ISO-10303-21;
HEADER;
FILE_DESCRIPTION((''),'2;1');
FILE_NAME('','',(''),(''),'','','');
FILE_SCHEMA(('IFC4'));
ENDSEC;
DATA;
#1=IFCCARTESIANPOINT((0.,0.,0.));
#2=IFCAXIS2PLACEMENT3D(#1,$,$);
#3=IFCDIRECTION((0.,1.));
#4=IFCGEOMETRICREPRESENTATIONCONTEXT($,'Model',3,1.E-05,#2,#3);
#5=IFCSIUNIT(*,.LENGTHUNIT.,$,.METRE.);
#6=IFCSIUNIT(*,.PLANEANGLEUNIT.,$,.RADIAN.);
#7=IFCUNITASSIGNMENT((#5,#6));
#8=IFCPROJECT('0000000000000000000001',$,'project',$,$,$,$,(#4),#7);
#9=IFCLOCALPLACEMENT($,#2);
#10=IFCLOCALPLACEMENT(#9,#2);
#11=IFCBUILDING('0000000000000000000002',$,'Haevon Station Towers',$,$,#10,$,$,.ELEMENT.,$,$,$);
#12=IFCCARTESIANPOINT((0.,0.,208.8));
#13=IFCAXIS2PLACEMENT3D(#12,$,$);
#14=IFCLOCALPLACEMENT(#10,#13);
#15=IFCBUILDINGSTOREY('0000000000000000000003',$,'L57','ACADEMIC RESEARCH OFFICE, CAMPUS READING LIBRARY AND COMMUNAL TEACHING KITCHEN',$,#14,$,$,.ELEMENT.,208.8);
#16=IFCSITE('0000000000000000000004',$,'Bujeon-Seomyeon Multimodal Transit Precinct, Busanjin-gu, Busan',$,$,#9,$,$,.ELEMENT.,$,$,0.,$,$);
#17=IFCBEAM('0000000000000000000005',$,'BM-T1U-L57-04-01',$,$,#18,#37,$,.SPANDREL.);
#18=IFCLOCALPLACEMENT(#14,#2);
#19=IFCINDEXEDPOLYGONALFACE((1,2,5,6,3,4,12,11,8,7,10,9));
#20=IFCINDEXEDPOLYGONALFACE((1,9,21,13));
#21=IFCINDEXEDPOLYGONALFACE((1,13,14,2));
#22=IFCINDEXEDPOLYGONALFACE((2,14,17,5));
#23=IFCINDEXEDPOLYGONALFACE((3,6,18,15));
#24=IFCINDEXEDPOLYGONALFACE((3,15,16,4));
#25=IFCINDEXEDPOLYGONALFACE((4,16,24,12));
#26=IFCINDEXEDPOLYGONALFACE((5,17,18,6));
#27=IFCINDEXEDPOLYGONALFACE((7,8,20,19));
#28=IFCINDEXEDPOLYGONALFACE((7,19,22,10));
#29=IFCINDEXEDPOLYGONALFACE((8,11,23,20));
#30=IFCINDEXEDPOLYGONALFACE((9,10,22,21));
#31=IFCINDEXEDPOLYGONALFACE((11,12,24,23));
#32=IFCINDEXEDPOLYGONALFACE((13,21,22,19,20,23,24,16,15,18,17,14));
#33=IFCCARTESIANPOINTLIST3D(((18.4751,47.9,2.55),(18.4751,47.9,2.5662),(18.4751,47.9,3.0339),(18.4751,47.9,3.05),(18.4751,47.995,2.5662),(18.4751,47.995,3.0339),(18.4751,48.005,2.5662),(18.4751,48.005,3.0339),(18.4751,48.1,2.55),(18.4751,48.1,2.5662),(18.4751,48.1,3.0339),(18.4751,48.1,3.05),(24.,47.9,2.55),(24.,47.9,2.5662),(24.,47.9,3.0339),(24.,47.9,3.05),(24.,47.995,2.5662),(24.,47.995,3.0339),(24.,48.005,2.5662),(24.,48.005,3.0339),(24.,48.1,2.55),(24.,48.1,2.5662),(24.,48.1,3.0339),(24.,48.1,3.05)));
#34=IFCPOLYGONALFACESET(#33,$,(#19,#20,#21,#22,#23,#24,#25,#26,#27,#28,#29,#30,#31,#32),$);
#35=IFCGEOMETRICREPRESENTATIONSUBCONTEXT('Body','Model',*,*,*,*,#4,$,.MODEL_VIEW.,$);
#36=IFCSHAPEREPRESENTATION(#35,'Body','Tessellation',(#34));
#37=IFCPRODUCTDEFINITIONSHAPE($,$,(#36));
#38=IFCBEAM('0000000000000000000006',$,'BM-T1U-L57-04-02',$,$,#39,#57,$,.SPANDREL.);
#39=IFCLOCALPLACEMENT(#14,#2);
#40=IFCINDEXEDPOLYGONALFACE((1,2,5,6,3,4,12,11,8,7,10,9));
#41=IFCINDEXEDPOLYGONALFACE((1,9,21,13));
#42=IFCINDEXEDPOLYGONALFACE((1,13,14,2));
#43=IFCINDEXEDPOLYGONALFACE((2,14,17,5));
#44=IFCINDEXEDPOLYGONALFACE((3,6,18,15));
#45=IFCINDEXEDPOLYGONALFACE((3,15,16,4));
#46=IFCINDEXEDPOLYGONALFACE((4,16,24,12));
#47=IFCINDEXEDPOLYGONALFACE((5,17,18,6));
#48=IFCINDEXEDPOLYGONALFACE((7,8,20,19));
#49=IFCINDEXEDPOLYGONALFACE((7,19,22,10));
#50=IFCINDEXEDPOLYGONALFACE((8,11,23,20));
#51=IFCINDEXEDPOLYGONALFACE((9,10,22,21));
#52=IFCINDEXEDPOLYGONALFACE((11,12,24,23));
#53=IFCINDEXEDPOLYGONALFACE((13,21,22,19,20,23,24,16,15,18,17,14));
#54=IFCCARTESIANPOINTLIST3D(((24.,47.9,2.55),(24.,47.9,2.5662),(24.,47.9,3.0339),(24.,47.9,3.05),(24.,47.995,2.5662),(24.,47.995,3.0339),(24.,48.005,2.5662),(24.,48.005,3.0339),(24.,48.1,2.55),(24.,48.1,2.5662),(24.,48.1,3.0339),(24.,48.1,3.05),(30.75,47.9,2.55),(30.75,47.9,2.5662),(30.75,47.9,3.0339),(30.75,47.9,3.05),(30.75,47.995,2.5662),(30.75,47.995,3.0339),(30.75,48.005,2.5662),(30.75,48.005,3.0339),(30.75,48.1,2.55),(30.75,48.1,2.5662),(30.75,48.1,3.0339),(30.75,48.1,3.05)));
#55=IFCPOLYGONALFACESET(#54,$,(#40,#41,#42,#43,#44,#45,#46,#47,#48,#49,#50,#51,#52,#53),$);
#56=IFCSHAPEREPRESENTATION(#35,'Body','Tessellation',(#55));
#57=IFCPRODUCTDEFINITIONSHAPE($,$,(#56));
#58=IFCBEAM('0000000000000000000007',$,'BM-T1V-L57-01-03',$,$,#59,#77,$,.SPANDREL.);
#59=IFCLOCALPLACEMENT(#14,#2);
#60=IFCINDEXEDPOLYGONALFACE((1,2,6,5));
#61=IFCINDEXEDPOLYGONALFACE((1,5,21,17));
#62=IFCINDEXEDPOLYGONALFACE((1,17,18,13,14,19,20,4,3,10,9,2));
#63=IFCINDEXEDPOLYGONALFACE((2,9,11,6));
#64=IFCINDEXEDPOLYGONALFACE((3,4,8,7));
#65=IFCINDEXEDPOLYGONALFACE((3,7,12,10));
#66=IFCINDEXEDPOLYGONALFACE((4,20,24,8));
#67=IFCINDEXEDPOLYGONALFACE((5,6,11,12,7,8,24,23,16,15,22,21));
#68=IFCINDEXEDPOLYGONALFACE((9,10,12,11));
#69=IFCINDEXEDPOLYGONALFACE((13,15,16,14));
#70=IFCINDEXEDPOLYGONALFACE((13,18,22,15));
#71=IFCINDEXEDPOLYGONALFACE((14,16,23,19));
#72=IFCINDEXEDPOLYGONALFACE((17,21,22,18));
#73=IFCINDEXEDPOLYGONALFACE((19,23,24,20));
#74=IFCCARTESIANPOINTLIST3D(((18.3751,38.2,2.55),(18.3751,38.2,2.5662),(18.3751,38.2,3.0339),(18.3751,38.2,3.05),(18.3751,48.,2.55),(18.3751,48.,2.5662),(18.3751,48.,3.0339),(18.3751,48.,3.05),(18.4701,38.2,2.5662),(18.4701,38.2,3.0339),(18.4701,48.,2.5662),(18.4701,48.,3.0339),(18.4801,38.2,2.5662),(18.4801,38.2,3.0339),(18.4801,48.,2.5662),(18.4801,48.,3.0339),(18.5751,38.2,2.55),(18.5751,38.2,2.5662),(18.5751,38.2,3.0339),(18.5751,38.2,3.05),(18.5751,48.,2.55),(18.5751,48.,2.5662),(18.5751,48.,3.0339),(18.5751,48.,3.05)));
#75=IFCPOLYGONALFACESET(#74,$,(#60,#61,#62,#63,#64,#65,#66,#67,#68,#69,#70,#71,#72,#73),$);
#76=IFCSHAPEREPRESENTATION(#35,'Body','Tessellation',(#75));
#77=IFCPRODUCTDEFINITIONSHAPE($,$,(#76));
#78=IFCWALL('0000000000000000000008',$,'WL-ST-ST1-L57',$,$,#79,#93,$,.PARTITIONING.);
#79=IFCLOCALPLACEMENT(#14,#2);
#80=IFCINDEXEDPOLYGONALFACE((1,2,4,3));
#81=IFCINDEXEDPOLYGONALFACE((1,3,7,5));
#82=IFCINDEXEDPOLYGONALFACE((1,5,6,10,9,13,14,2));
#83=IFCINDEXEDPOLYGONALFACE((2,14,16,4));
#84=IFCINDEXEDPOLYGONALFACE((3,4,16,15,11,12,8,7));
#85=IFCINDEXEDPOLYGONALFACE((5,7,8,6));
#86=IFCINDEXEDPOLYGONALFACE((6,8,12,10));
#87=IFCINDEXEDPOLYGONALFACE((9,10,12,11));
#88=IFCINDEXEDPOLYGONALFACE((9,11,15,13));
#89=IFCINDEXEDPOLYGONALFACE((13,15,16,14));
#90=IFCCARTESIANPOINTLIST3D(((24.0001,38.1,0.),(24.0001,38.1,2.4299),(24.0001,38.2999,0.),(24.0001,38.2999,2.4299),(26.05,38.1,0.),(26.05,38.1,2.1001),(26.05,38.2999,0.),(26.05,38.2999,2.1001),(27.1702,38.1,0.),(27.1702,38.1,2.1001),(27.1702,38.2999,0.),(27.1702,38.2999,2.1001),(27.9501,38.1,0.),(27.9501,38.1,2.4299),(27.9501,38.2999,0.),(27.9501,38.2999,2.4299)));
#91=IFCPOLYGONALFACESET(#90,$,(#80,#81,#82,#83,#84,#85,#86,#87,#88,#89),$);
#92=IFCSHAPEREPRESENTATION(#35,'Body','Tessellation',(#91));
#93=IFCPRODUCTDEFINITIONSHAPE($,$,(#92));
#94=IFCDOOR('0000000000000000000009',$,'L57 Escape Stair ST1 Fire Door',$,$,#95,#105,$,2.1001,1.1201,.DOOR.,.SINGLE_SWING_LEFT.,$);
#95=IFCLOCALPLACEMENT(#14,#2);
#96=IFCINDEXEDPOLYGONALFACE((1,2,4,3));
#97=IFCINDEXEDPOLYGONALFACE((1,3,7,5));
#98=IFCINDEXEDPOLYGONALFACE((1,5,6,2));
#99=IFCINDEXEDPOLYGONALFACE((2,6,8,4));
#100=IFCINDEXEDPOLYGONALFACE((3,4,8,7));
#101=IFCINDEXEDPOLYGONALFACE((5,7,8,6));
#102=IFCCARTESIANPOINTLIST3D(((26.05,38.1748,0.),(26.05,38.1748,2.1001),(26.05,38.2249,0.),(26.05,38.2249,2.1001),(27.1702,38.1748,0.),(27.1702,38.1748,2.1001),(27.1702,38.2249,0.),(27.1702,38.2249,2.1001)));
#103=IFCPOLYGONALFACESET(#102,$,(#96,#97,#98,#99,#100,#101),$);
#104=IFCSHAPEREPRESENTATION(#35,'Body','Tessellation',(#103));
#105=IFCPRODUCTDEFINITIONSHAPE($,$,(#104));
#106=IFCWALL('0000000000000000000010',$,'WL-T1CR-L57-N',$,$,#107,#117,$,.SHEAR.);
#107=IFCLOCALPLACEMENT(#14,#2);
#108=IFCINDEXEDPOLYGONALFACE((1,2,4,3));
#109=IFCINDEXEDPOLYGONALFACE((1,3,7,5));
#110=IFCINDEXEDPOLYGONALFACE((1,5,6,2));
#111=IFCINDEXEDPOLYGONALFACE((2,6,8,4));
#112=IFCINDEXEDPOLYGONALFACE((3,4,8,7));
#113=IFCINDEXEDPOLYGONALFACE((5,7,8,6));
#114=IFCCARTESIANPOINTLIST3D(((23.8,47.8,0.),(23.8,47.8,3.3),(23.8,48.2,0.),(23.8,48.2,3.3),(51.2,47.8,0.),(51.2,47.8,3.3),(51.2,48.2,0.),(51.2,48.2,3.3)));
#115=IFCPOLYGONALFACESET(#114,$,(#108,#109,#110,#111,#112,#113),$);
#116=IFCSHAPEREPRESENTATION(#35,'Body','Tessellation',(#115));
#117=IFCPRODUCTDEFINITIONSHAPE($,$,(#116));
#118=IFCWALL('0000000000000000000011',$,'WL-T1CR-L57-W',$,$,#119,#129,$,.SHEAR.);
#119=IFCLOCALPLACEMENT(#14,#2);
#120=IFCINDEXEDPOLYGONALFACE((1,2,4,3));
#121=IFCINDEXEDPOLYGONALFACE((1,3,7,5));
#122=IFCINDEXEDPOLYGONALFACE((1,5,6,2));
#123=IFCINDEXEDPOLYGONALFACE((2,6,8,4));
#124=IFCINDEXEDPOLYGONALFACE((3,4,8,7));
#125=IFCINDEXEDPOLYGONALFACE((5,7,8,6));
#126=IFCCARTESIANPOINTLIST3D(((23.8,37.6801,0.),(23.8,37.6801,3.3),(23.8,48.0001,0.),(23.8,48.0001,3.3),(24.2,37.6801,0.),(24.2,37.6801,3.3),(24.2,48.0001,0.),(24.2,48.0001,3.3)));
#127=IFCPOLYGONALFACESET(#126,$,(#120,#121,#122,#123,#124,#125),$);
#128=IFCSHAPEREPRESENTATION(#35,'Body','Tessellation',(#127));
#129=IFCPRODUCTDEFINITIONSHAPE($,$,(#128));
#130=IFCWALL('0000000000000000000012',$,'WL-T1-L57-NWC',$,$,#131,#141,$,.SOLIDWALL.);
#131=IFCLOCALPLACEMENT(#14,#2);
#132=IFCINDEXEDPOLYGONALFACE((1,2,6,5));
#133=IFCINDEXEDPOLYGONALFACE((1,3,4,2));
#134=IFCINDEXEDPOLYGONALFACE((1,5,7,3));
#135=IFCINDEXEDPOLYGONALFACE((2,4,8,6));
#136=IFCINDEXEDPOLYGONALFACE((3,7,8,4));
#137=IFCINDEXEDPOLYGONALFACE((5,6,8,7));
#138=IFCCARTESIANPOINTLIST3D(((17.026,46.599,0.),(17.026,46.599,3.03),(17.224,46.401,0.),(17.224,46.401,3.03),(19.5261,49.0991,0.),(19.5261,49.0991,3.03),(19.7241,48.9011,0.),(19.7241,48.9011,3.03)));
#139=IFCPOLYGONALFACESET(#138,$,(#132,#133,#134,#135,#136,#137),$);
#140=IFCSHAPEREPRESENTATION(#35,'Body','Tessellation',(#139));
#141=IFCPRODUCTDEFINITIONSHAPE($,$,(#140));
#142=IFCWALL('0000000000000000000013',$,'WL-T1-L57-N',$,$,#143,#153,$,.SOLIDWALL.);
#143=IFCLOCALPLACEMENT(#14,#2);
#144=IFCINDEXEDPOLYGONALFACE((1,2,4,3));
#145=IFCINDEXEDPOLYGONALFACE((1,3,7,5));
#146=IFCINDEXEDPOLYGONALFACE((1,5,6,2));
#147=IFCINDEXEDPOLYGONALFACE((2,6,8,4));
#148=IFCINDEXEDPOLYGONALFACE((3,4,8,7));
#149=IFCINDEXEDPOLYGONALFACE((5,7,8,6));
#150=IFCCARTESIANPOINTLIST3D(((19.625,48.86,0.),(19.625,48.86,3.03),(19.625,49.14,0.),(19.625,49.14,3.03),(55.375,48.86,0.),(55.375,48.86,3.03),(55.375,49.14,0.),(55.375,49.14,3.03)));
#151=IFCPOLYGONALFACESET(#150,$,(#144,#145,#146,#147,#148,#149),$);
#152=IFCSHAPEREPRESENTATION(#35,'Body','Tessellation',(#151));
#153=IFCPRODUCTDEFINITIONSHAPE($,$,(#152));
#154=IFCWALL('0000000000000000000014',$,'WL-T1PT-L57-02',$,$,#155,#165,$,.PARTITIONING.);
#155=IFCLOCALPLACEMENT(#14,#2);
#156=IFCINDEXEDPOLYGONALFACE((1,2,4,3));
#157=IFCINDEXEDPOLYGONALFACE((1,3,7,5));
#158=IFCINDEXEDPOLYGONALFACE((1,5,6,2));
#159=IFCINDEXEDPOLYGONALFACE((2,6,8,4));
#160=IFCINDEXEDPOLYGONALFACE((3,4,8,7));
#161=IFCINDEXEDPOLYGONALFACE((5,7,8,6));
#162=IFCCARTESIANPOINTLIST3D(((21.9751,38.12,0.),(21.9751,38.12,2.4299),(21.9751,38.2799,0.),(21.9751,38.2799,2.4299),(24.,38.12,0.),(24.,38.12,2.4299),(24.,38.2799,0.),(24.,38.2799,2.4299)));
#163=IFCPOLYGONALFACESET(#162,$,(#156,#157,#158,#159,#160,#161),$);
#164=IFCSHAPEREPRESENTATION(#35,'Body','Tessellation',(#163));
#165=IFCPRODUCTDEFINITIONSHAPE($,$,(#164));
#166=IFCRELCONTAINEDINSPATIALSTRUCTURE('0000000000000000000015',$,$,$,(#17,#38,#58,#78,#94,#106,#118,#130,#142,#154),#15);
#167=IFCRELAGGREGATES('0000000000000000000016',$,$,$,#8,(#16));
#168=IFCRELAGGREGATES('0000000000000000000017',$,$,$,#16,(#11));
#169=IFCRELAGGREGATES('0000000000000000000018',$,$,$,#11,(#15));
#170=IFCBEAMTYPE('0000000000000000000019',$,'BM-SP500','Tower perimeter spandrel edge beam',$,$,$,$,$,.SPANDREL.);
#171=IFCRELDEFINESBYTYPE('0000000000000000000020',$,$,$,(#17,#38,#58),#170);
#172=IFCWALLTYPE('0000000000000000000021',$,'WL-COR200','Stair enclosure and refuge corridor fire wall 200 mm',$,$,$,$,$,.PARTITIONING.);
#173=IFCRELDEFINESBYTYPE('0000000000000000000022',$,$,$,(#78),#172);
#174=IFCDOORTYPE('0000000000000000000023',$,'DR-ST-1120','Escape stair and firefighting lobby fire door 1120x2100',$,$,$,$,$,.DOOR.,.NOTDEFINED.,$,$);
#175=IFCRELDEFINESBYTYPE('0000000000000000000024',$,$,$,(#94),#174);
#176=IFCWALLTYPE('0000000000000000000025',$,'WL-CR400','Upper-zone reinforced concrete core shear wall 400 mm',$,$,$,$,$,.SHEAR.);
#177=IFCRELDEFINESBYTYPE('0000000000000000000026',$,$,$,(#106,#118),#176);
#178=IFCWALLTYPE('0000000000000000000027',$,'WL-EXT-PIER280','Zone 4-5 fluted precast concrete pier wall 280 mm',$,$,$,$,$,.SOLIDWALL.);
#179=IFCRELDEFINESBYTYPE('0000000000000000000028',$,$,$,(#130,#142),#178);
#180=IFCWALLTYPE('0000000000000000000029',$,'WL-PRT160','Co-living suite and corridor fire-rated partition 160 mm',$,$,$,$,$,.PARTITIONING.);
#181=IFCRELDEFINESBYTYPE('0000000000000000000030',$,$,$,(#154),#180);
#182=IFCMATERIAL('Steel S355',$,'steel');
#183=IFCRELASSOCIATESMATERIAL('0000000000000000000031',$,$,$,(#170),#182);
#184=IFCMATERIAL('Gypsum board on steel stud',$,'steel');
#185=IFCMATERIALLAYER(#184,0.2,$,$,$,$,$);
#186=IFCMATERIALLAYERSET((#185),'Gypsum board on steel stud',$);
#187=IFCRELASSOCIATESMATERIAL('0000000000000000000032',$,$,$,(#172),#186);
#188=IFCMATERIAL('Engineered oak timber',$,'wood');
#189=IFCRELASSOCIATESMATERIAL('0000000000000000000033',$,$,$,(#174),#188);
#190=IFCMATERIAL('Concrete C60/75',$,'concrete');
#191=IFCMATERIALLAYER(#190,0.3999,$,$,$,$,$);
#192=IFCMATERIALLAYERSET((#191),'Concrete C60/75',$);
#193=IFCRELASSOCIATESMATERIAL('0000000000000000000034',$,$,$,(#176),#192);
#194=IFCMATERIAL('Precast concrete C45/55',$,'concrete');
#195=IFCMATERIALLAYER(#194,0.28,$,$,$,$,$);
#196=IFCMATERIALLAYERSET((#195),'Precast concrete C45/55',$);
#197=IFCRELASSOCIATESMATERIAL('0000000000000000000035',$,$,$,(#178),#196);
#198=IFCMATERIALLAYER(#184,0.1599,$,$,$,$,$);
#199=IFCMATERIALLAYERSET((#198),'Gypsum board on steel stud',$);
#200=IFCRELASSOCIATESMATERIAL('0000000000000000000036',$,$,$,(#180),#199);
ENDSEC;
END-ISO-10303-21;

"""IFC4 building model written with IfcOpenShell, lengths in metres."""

from ifc_helpers import new_model, si_unit, direction, frame, frame_2d, origin, origin_2d, place, context, subcontext, project, spatial, rectangle, i_section, extrude, material, layer, layer_set, material_profile, profile_set, type_object, element, fill, save


model = new_model("IFC4")

# Units and contexts
model_context = context("Model", 3, precision=1e-05, world=origin(), true_north=direction((0.0, 1.0)))
body_context = subcontext(model_context, "Body", "Model", "MODEL_VIEW")
ifc_project = project(units=[si_unit("LENGTHUNIT", "METRE"), si_unit("PLANEANGLEUNIT", "RADIAN")], contexts=[model_context])

# Site, building, storey
site_placement = place(None, origin())
site = spatial("IfcSite", under=ifc_project, at=site_placement, Name="Bujeon-Seomyeon Multimodal Transit Precinct, Busanjin-gu, Busan", CompositionType="ELEMENT", RefElevation=0.0)
building_placement = place(site_placement, origin())
building = spatial("IfcBuilding", under=site, at=building_placement, Name="Haevon Station Towers", CompositionType="ELEMENT")
storey_placement = place(building_placement, frame((0.0, 0.0, 208.8)))
storey = spatial("IfcBuildingStorey", under=building, at=storey_placement, Name="L57", Description="ACADEMIC RESEARCH OFFICE, CAMPUS READING LIBRARY AND COMMUNAL TEACHING KITCHEN", CompositionType="ELEMENT", Elevation=208.8)

# Shared definitions
ifc_material_1 = material(Name="Steel S355", Category="steel")

# Beams
ifc_material_profile_1 = material_profile(ifc_material_1, i_section(OverallWidth=0.2, OverallDepth=0.5, WebThickness=0.01, FlangeThickness=0.0161, at=origin_2d()), Name="H-500x200x10x16")
ifc_profile_set_1 = profile_set([ifc_material_profile_1], Name="Steel S355")
beam_type_1 = type_object("IfcBeamType", Name="BM-SP500", Description="Tower perimeter spandrel edge beam", PredefinedType="SPANDREL", material=ifc_profile_set_1)
beam_1_placement = place(storey_placement, frame((18.4751, 48.0, 2.8), z_axis=(1.0, 0.0, 0.0), x_axis=(0.0, 1.0, 0.0)))
element("IfcBeam", 1, at=beam_1_placement, inside=storey, type_object=beam_type_1, Name="BM-T1U-L57-04-01", PredefinedType="SPANDREL", context=body_context, shape_type="SweptSolid", body=[
    extrude(i_section(OverallWidth=0.2, OverallDepth=0.5, WebThickness=0.01, FlangeThickness=0.0161, at=origin_2d()), origin(), (0.0, 0.0, 1.0), 5.5249),
])
beam_2_placement = place(storey_placement, frame((24.0, 48.0, 2.8), z_axis=(1.0, 0.0, 0.0), x_axis=(0.0, 1.0, 0.0)))
element("IfcBeam", 2, at=beam_2_placement, inside=storey, type_object=beam_type_1, Name="BM-T1U-L57-04-02", PredefinedType="SPANDREL", context=body_context, shape_type="SweptSolid", body=[
    extrude(i_section(OverallWidth=0.2, OverallDepth=0.5, WebThickness=0.01, FlangeThickness=0.0161, at=origin_2d()), origin(), (0.0, 0.0, 1.0), 6.75),
])
beam_3_placement = place(storey_placement, frame((18.4751, 38.2, 2.8), z_axis=(0.0, 1.0, 0.0), x_axis=(-1.0, 0.0, 0.0)))
element("IfcBeam", 3, at=beam_3_placement, inside=storey, type_object=beam_type_1, Name="BM-T1V-L57-01-03", PredefinedType="SPANDREL", context=body_context, shape_type="SweptSolid", body=[
    extrude(i_section(OverallWidth=0.2, OverallDepth=0.5, WebThickness=0.01, FlangeThickness=0.0161, at=origin_2d()), origin(), (0.0, 0.0, 1.0), 9.8),
])

# Wall, opening, door
ifc_material_2 = material(Name="Gypsum board on steel stud", Category="steel")
ifc_layer_1 = layer(ifc_material_2, 0.2)
ifc_layer_set_1 = layer_set([ifc_layer_1], Name="Gypsum board on steel stud")
wall_type_1 = type_object("IfcWallType", Name="WL-COR200", Description="Stair enclosure and refuge corridor fire wall 200 mm", PredefinedType="PARTITIONING", material=ifc_layer_set_1)
wall_1_placement = place(storey_placement, frame((24.0, 38.2, 0.0), z_axis=(0.0, 0.0, 1.0), x_axis=(1.0, 0.0, 0.0)))
wall_1 = element("IfcWall", 4, at=wall_1_placement, inside=storey, type_object=wall_type_1, Name="WL-ST-ST1-L57", PredefinedType="PARTITIONING", context=body_context, shape_type="SweptSolid", body=[
    extrude(rectangle(XDim=3.95, YDim=0.2, at=frame_2d((1.9751, 0.0))), origin(), (0.0, 0.0, 1.0), 2.4299),
])
opening_placement = place(wall_1_placement, frame((2.05, 0.0, 0.0)))
opening = element("IfcOpeningElement", 5, at=opening_placement, cuts=wall_1, PredefinedType="OPENING", context=body_context, shape_type="SweptSolid", body=[
    extrude(rectangle(XDim=1.1201, YDim=2.1001, at=frame_2d((0.5601, 1.05))), frame((0.0, 0.1099, 0.0), z_axis=(0.0, -1.0, 0.0), x_axis=(1.0, 0.0, 0.0)), (0.0, 0.0, 1.0), 0.22),
])
ifc_material_3 = material(Name="Engineered oak timber", Category="wood")
door_type = type_object("IfcDoorType", Name="DR-ST-1120", Description="Escape stair and firefighting lobby fire door 1120x2100", OperationType="NOTDEFINED", PredefinedType="DOOR", material=ifc_material_3)
door_placement = place(opening_placement, origin())
door = element("IfcDoor", 6, at=door_placement, inside=storey, type_object=door_type, Name="L57 Escape Stair ST1 Fire Door", OperationType="SINGLE_SWING_LEFT", OverallHeight=2.1001, OverallWidth=1.1201, PredefinedType="DOOR", context=body_context, shape_type="SweptSolid", body=[
    extrude(rectangle(XDim=1.1201, YDim=2.1001, at=frame_2d((0.5601, 1.05))), frame((0.0, 0.0249, 0.0), z_axis=(0.0, -1.0, 0.0), x_axis=(1.0, 0.0, 0.0)), (0.0, 0.0, 1.0), 0.05),
])
fill(opening, door)

# Walls
ifc_material_4 = material(Name="Concrete C60/75", Category="concrete")
ifc_layer_2 = layer(ifc_material_4, 0.3999)
ifc_layer_set_2 = layer_set([ifc_layer_2], Name="Concrete C60/75")
wall_type_2 = type_object("IfcWallType", Name="WL-CR400", Description="Upper-zone reinforced concrete core shear wall 400 mm", PredefinedType="SHEAR", material=ifc_layer_set_2)
wall_2_placement = place(storey_placement, frame((23.8, 48.0, 0.0), z_axis=(0.0, 0.0, 1.0), x_axis=(1.0, 0.0, 0.0)))
element("IfcWall", 7, at=wall_2_placement, inside=storey, type_object=wall_type_2, Name="WL-T1CR-L57-N", PredefinedType="SHEAR", context=body_context, shape_type="SweptSolid", body=[
    extrude(rectangle(XDim=27.3999, YDim=0.3999, at=frame_2d((13.7, 0.0))), origin(), (0.0, 0.0, 1.0), 3.3),
])
wall_3_placement = place(storey_placement, frame((24.0, 37.6799, 0.0), z_axis=(0.0, 0.0, 1.0), x_axis=(0.0, 1.0, 0.0)))
element("IfcWall", 8, at=wall_3_placement, inside=storey, type_object=wall_type_2, Name="WL-T1CR-L57-W", PredefinedType="SHEAR", context=body_context, shape_type="SweptSolid", body=[
    extrude(rectangle(XDim=10.3201, YDim=0.3999, at=frame_2d((5.1602, 0.0))), origin(), (0.0, 0.0, 1.0), 3.3),
])
ifc_material_5 = material(Name="Precast concrete C45/55", Category="concrete")
ifc_layer_3 = layer(ifc_material_5, 0.28)
ifc_layer_set_3 = layer_set([ifc_layer_3], Name="Precast concrete C45/55")
wall_type_3 = type_object("IfcWallType", Name="WL-EXT-PIER280", Description="Zone 4-5 fluted precast concrete pier wall 280 mm", PredefinedType="SOLIDWALL", material=ifc_layer_set_3)
wall_4_placement = place(storey_placement, frame((17.125, 46.5, 0.0), z_axis=(0.0, 0.0, 1.0), x_axis=(0.707107, 0.707107, 0.0)))
element("IfcWall", 9, at=wall_4_placement, inside=storey, type_object=wall_type_3, Name="WL-T1-L57-NWC", PredefinedType="SOLIDWALL", context=body_context, shape_type="SweptSolid", body=[
    extrude(rectangle(XDim=3.5356, YDim=0.28, at=frame_2d((1.7678, 0.0))), origin(), (0.0, 0.0, 1.0), 3.03),
])
wall_5_placement = place(storey_placement, frame((19.625, 49.0, 0.0), z_axis=(0.0, 0.0, 1.0), x_axis=(1.0, 0.0, 0.0)))
element("IfcWall", 10, at=wall_5_placement, inside=storey, type_object=wall_type_3, Name="WL-T1-L57-N", PredefinedType="SOLIDWALL", context=body_context, shape_type="SweptSolid", body=[
    extrude(rectangle(XDim=35.75, YDim=0.28, at=frame_2d((17.875, 0.0))), origin(), (0.0, 0.0, 1.0), 3.03),
])
ifc_layer_4 = layer(ifc_material_2, 0.1599)
ifc_layer_set_4 = layer_set([ifc_layer_4], Name="Gypsum board on steel stud")
wall_type_4 = type_object("IfcWallType", Name="WL-PRT160", Description="Co-living suite and corridor fire-rated partition 160 mm", PredefinedType="PARTITIONING", material=ifc_layer_set_4)
wall_6_placement = place(storey_placement, frame((21.9751, 38.2, 0.0), z_axis=(0.0, 0.0, 1.0), x_axis=(1.0, 0.0, 0.0)))
element("IfcWall", 11, at=wall_6_placement, inside=storey, type_object=wall_type_4, Name="WL-T1PT-L57-02", PredefinedType="PARTITIONING", context=body_context, shape_type="SweptSolid", body=[
    extrude(rectangle(XDim=2.0249, YDim=0.1599, at=frame_2d((1.0125, 0.0))), origin(), (0.0, 0.0, 1.0), 2.4299),
])

save(model, "model.ifc")
